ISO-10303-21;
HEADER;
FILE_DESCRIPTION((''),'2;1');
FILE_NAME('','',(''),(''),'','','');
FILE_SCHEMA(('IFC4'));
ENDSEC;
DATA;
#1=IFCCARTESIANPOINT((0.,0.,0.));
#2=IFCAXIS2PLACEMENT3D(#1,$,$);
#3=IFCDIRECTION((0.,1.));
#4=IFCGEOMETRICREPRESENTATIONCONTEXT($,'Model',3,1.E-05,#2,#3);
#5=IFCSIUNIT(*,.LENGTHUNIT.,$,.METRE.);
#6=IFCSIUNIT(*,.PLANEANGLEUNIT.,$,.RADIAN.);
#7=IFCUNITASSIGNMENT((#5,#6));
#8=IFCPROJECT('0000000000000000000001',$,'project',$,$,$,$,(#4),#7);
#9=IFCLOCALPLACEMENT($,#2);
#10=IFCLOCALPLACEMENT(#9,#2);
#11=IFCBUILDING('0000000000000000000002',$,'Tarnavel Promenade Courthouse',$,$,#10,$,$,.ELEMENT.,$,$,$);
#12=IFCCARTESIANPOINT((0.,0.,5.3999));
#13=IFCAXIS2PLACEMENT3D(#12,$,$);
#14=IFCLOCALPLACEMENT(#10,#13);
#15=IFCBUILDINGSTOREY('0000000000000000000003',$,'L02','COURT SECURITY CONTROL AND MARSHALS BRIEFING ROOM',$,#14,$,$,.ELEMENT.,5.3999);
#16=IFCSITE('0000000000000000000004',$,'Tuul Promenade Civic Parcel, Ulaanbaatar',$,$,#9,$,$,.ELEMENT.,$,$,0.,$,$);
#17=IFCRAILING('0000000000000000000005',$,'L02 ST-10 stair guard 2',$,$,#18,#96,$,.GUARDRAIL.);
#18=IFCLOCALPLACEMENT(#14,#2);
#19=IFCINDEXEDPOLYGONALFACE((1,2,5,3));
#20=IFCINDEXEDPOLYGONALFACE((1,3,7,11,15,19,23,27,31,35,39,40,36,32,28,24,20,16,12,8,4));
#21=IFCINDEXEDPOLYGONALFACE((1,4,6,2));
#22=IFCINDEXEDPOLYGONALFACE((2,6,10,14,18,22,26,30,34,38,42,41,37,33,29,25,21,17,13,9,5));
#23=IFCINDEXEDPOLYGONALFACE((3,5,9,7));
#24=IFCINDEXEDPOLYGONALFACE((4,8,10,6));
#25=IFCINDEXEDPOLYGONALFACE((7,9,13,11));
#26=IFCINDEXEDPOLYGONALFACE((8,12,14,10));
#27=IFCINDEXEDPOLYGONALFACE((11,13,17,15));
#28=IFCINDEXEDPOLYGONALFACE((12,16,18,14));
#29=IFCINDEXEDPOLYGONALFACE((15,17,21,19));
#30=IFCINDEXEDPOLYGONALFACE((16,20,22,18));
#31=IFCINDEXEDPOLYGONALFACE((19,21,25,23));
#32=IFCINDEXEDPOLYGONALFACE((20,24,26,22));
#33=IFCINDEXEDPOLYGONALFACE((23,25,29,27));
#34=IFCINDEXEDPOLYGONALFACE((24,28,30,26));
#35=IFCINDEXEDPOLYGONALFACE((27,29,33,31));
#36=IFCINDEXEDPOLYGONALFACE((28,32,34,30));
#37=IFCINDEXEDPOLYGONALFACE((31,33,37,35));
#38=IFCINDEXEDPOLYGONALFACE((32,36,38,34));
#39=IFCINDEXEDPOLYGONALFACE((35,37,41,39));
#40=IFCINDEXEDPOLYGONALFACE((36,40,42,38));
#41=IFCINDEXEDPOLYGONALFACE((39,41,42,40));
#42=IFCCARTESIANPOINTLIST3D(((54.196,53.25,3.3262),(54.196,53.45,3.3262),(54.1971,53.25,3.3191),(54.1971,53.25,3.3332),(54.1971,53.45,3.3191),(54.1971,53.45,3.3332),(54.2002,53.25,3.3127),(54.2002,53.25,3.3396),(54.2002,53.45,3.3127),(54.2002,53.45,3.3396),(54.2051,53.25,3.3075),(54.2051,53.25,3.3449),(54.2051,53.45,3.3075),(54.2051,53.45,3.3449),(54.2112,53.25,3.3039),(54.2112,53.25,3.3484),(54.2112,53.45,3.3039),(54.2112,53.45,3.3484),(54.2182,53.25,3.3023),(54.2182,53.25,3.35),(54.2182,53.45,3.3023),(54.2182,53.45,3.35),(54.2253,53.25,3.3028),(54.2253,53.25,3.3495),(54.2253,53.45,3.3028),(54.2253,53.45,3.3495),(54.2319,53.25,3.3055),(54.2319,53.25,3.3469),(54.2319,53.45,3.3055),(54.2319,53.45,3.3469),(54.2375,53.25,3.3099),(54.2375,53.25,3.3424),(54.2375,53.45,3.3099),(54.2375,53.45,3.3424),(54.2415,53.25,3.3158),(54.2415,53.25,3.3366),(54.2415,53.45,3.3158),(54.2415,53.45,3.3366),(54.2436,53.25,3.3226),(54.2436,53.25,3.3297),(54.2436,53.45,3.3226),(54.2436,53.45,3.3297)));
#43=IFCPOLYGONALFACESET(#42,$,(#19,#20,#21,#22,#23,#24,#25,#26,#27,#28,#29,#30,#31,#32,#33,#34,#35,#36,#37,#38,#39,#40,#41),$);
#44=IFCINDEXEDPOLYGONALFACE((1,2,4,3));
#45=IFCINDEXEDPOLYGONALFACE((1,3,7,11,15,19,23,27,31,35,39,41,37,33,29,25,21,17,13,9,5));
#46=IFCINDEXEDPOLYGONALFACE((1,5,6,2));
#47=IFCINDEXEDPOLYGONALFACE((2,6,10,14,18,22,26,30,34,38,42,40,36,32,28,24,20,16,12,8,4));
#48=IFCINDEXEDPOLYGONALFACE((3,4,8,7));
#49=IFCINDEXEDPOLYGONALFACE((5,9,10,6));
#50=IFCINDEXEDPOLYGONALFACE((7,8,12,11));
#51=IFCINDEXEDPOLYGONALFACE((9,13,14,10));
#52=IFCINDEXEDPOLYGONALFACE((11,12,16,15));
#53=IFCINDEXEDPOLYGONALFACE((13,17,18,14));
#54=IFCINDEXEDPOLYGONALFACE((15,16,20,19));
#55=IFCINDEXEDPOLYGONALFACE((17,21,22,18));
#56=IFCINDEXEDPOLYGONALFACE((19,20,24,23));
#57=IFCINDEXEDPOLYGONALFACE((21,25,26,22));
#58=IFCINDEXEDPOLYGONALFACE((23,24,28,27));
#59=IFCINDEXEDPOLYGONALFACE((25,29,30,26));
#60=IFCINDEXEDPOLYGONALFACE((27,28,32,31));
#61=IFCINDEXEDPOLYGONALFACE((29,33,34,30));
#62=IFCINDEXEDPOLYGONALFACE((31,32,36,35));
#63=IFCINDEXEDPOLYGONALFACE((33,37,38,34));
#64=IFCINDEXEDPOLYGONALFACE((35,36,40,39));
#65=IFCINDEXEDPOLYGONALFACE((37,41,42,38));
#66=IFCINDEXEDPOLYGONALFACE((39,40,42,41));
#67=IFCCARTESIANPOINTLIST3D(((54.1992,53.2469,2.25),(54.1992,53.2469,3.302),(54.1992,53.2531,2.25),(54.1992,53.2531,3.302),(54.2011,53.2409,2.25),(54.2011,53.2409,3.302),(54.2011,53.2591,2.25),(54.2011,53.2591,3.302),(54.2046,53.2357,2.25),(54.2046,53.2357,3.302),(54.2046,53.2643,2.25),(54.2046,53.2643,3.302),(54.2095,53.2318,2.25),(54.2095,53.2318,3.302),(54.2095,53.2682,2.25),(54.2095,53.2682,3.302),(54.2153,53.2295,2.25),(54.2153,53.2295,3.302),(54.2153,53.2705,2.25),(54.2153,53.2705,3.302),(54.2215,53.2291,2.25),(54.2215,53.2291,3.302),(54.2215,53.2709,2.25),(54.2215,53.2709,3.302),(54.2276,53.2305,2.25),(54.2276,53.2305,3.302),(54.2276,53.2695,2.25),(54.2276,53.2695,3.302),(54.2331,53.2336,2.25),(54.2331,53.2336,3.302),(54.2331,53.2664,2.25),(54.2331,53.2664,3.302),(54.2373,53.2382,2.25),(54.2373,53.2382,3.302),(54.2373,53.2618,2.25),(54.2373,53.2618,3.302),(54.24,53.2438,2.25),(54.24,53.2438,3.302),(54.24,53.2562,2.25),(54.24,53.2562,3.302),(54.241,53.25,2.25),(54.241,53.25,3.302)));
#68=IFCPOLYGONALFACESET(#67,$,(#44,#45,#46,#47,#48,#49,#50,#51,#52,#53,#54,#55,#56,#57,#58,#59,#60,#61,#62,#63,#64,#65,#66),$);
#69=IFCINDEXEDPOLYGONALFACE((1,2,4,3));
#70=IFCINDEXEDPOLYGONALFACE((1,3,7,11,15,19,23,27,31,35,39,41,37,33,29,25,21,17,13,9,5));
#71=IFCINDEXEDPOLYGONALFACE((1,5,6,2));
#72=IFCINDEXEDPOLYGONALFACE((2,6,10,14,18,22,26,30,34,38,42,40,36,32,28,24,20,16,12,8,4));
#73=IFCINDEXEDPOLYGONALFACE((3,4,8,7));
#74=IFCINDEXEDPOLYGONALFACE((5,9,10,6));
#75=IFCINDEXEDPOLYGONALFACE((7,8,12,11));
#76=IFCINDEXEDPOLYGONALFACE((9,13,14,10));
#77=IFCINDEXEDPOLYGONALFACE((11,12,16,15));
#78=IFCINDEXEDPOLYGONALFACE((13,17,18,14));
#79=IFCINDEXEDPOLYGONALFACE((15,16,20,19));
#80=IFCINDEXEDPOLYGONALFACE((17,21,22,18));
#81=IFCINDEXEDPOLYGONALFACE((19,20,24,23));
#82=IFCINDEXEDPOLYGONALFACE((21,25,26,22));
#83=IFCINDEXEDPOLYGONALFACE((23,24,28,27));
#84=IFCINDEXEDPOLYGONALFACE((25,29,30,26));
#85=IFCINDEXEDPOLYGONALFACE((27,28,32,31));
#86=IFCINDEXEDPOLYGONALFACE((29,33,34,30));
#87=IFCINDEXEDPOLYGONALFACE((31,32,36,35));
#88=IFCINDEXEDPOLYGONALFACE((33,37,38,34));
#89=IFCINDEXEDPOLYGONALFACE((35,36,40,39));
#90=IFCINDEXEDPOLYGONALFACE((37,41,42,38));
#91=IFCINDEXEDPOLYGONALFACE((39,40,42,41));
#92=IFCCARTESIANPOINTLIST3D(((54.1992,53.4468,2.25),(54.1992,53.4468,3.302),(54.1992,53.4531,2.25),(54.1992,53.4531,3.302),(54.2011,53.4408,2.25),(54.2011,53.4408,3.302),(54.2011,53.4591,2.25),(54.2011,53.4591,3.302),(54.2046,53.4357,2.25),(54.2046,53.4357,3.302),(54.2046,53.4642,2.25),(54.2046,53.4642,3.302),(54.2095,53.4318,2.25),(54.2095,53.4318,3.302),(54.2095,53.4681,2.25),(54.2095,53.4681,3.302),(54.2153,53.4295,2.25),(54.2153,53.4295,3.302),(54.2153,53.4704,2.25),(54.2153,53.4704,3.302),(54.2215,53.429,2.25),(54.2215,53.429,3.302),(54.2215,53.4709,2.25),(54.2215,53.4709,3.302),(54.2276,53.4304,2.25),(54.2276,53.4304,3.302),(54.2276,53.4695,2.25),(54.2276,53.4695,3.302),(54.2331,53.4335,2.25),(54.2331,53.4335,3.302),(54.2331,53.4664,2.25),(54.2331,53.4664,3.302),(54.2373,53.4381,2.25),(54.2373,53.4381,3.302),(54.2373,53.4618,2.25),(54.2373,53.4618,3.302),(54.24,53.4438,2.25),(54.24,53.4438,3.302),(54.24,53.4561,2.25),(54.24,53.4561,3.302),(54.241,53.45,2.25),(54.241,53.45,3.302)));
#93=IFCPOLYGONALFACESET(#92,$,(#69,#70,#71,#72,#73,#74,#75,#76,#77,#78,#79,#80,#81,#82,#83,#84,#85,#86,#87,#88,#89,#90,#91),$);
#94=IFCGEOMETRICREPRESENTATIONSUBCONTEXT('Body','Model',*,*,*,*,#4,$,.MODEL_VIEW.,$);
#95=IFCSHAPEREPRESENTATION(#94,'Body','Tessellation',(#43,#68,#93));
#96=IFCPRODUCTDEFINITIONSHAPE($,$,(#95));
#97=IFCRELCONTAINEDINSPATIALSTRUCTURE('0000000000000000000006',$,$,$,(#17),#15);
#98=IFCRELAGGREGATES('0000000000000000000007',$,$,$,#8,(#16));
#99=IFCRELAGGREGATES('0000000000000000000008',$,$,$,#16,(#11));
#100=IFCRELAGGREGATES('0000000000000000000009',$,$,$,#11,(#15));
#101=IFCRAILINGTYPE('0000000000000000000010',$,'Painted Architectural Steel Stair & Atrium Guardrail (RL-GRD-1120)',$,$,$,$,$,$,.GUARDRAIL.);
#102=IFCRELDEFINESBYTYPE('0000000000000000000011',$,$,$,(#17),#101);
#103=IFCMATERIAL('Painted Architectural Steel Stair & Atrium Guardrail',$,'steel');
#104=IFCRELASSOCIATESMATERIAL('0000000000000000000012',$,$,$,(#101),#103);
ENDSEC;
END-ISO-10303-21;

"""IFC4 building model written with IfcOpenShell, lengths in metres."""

from ifc_helpers import new_model, si_unit, direction, frame, origin, origin_2d, place, context, subcontext, project, spatial, circle, extrude, material, type_object, element, save


model = new_model("IFC4")

# Units and contexts
model_context = context("Model", 3, precision=1e-05, world=origin(), true_north=direction((0.0, 1.0)))
body_context = subcontext(model_context, "Body", "Model", "MODEL_VIEW")
ifc_project = project(units=[si_unit("LENGTHUNIT", "METRE"), si_unit("PLANEANGLEUNIT", "RADIAN")], contexts=[model_context])

# Site, building, storey
site_placement = place(None, origin())
site = spatial("IfcSite", under=ifc_project, at=site_placement, Name="Tuul Promenade Civic Parcel, Ulaanbaatar", CompositionType="ELEMENT", RefElevation=0.0)
building_placement = place(site_placement, origin())
building = spatial("IfcBuilding", under=site, at=building_placement, Name="Tarnavel Promenade Courthouse", CompositionType="ELEMENT")
storey_placement = place(building_placement, frame((0.0, 0.0, 5.3999)))
storey = spatial("IfcBuildingStorey", under=building, at=storey_placement, Name="L02", Description="COURT SECURITY CONTROL AND MARSHALS BRIEFING ROOM", CompositionType="ELEMENT", Elevation=5.3999)

# Railing
ifc_material_1 = material(Name="Painted Architectural Steel Stair & Atrium Guardrail", Category="steel")
railing_type_1 = type_object("IfcRailingType", Name="Painted Architectural Steel Stair & Atrium Guardrail (RL-GRD-1120)", PredefinedType="GUARDRAIL", material=ifc_material_1)
railing_1_placement = place(storey_placement, frame((54.22, 53.25, 2.25)))
element("IfcRailing", 1, at=railing_1_placement, inside=storey, type_object=railing_type_1, Name="L02 ST-10 stair guard 2", PredefinedType="GUARDRAIL", context=body_context, shape_type="SweptSolid", body=[
    extrude(circle(Radius=0.0239, at=origin_2d()), frame((0.0, 0.0, 1.0762), z_axis=(0.0, 1.0, 0.0), x_axis=(-1.0, 0.0, 0.0)), (0.0, 0.0, 1.0), 0.2),
    extrude(circle(Radius=0.021, at=origin_2d()), origin(), (0.0, 0.0, 1.0), 1.052),
    extrude(circle(Radius=0.021, at=origin_2d()), frame((0.0, 0.2, 0.0)), (0.0, 0.0, 1.0), 1.052),
])

save(model, "model.ifc")
